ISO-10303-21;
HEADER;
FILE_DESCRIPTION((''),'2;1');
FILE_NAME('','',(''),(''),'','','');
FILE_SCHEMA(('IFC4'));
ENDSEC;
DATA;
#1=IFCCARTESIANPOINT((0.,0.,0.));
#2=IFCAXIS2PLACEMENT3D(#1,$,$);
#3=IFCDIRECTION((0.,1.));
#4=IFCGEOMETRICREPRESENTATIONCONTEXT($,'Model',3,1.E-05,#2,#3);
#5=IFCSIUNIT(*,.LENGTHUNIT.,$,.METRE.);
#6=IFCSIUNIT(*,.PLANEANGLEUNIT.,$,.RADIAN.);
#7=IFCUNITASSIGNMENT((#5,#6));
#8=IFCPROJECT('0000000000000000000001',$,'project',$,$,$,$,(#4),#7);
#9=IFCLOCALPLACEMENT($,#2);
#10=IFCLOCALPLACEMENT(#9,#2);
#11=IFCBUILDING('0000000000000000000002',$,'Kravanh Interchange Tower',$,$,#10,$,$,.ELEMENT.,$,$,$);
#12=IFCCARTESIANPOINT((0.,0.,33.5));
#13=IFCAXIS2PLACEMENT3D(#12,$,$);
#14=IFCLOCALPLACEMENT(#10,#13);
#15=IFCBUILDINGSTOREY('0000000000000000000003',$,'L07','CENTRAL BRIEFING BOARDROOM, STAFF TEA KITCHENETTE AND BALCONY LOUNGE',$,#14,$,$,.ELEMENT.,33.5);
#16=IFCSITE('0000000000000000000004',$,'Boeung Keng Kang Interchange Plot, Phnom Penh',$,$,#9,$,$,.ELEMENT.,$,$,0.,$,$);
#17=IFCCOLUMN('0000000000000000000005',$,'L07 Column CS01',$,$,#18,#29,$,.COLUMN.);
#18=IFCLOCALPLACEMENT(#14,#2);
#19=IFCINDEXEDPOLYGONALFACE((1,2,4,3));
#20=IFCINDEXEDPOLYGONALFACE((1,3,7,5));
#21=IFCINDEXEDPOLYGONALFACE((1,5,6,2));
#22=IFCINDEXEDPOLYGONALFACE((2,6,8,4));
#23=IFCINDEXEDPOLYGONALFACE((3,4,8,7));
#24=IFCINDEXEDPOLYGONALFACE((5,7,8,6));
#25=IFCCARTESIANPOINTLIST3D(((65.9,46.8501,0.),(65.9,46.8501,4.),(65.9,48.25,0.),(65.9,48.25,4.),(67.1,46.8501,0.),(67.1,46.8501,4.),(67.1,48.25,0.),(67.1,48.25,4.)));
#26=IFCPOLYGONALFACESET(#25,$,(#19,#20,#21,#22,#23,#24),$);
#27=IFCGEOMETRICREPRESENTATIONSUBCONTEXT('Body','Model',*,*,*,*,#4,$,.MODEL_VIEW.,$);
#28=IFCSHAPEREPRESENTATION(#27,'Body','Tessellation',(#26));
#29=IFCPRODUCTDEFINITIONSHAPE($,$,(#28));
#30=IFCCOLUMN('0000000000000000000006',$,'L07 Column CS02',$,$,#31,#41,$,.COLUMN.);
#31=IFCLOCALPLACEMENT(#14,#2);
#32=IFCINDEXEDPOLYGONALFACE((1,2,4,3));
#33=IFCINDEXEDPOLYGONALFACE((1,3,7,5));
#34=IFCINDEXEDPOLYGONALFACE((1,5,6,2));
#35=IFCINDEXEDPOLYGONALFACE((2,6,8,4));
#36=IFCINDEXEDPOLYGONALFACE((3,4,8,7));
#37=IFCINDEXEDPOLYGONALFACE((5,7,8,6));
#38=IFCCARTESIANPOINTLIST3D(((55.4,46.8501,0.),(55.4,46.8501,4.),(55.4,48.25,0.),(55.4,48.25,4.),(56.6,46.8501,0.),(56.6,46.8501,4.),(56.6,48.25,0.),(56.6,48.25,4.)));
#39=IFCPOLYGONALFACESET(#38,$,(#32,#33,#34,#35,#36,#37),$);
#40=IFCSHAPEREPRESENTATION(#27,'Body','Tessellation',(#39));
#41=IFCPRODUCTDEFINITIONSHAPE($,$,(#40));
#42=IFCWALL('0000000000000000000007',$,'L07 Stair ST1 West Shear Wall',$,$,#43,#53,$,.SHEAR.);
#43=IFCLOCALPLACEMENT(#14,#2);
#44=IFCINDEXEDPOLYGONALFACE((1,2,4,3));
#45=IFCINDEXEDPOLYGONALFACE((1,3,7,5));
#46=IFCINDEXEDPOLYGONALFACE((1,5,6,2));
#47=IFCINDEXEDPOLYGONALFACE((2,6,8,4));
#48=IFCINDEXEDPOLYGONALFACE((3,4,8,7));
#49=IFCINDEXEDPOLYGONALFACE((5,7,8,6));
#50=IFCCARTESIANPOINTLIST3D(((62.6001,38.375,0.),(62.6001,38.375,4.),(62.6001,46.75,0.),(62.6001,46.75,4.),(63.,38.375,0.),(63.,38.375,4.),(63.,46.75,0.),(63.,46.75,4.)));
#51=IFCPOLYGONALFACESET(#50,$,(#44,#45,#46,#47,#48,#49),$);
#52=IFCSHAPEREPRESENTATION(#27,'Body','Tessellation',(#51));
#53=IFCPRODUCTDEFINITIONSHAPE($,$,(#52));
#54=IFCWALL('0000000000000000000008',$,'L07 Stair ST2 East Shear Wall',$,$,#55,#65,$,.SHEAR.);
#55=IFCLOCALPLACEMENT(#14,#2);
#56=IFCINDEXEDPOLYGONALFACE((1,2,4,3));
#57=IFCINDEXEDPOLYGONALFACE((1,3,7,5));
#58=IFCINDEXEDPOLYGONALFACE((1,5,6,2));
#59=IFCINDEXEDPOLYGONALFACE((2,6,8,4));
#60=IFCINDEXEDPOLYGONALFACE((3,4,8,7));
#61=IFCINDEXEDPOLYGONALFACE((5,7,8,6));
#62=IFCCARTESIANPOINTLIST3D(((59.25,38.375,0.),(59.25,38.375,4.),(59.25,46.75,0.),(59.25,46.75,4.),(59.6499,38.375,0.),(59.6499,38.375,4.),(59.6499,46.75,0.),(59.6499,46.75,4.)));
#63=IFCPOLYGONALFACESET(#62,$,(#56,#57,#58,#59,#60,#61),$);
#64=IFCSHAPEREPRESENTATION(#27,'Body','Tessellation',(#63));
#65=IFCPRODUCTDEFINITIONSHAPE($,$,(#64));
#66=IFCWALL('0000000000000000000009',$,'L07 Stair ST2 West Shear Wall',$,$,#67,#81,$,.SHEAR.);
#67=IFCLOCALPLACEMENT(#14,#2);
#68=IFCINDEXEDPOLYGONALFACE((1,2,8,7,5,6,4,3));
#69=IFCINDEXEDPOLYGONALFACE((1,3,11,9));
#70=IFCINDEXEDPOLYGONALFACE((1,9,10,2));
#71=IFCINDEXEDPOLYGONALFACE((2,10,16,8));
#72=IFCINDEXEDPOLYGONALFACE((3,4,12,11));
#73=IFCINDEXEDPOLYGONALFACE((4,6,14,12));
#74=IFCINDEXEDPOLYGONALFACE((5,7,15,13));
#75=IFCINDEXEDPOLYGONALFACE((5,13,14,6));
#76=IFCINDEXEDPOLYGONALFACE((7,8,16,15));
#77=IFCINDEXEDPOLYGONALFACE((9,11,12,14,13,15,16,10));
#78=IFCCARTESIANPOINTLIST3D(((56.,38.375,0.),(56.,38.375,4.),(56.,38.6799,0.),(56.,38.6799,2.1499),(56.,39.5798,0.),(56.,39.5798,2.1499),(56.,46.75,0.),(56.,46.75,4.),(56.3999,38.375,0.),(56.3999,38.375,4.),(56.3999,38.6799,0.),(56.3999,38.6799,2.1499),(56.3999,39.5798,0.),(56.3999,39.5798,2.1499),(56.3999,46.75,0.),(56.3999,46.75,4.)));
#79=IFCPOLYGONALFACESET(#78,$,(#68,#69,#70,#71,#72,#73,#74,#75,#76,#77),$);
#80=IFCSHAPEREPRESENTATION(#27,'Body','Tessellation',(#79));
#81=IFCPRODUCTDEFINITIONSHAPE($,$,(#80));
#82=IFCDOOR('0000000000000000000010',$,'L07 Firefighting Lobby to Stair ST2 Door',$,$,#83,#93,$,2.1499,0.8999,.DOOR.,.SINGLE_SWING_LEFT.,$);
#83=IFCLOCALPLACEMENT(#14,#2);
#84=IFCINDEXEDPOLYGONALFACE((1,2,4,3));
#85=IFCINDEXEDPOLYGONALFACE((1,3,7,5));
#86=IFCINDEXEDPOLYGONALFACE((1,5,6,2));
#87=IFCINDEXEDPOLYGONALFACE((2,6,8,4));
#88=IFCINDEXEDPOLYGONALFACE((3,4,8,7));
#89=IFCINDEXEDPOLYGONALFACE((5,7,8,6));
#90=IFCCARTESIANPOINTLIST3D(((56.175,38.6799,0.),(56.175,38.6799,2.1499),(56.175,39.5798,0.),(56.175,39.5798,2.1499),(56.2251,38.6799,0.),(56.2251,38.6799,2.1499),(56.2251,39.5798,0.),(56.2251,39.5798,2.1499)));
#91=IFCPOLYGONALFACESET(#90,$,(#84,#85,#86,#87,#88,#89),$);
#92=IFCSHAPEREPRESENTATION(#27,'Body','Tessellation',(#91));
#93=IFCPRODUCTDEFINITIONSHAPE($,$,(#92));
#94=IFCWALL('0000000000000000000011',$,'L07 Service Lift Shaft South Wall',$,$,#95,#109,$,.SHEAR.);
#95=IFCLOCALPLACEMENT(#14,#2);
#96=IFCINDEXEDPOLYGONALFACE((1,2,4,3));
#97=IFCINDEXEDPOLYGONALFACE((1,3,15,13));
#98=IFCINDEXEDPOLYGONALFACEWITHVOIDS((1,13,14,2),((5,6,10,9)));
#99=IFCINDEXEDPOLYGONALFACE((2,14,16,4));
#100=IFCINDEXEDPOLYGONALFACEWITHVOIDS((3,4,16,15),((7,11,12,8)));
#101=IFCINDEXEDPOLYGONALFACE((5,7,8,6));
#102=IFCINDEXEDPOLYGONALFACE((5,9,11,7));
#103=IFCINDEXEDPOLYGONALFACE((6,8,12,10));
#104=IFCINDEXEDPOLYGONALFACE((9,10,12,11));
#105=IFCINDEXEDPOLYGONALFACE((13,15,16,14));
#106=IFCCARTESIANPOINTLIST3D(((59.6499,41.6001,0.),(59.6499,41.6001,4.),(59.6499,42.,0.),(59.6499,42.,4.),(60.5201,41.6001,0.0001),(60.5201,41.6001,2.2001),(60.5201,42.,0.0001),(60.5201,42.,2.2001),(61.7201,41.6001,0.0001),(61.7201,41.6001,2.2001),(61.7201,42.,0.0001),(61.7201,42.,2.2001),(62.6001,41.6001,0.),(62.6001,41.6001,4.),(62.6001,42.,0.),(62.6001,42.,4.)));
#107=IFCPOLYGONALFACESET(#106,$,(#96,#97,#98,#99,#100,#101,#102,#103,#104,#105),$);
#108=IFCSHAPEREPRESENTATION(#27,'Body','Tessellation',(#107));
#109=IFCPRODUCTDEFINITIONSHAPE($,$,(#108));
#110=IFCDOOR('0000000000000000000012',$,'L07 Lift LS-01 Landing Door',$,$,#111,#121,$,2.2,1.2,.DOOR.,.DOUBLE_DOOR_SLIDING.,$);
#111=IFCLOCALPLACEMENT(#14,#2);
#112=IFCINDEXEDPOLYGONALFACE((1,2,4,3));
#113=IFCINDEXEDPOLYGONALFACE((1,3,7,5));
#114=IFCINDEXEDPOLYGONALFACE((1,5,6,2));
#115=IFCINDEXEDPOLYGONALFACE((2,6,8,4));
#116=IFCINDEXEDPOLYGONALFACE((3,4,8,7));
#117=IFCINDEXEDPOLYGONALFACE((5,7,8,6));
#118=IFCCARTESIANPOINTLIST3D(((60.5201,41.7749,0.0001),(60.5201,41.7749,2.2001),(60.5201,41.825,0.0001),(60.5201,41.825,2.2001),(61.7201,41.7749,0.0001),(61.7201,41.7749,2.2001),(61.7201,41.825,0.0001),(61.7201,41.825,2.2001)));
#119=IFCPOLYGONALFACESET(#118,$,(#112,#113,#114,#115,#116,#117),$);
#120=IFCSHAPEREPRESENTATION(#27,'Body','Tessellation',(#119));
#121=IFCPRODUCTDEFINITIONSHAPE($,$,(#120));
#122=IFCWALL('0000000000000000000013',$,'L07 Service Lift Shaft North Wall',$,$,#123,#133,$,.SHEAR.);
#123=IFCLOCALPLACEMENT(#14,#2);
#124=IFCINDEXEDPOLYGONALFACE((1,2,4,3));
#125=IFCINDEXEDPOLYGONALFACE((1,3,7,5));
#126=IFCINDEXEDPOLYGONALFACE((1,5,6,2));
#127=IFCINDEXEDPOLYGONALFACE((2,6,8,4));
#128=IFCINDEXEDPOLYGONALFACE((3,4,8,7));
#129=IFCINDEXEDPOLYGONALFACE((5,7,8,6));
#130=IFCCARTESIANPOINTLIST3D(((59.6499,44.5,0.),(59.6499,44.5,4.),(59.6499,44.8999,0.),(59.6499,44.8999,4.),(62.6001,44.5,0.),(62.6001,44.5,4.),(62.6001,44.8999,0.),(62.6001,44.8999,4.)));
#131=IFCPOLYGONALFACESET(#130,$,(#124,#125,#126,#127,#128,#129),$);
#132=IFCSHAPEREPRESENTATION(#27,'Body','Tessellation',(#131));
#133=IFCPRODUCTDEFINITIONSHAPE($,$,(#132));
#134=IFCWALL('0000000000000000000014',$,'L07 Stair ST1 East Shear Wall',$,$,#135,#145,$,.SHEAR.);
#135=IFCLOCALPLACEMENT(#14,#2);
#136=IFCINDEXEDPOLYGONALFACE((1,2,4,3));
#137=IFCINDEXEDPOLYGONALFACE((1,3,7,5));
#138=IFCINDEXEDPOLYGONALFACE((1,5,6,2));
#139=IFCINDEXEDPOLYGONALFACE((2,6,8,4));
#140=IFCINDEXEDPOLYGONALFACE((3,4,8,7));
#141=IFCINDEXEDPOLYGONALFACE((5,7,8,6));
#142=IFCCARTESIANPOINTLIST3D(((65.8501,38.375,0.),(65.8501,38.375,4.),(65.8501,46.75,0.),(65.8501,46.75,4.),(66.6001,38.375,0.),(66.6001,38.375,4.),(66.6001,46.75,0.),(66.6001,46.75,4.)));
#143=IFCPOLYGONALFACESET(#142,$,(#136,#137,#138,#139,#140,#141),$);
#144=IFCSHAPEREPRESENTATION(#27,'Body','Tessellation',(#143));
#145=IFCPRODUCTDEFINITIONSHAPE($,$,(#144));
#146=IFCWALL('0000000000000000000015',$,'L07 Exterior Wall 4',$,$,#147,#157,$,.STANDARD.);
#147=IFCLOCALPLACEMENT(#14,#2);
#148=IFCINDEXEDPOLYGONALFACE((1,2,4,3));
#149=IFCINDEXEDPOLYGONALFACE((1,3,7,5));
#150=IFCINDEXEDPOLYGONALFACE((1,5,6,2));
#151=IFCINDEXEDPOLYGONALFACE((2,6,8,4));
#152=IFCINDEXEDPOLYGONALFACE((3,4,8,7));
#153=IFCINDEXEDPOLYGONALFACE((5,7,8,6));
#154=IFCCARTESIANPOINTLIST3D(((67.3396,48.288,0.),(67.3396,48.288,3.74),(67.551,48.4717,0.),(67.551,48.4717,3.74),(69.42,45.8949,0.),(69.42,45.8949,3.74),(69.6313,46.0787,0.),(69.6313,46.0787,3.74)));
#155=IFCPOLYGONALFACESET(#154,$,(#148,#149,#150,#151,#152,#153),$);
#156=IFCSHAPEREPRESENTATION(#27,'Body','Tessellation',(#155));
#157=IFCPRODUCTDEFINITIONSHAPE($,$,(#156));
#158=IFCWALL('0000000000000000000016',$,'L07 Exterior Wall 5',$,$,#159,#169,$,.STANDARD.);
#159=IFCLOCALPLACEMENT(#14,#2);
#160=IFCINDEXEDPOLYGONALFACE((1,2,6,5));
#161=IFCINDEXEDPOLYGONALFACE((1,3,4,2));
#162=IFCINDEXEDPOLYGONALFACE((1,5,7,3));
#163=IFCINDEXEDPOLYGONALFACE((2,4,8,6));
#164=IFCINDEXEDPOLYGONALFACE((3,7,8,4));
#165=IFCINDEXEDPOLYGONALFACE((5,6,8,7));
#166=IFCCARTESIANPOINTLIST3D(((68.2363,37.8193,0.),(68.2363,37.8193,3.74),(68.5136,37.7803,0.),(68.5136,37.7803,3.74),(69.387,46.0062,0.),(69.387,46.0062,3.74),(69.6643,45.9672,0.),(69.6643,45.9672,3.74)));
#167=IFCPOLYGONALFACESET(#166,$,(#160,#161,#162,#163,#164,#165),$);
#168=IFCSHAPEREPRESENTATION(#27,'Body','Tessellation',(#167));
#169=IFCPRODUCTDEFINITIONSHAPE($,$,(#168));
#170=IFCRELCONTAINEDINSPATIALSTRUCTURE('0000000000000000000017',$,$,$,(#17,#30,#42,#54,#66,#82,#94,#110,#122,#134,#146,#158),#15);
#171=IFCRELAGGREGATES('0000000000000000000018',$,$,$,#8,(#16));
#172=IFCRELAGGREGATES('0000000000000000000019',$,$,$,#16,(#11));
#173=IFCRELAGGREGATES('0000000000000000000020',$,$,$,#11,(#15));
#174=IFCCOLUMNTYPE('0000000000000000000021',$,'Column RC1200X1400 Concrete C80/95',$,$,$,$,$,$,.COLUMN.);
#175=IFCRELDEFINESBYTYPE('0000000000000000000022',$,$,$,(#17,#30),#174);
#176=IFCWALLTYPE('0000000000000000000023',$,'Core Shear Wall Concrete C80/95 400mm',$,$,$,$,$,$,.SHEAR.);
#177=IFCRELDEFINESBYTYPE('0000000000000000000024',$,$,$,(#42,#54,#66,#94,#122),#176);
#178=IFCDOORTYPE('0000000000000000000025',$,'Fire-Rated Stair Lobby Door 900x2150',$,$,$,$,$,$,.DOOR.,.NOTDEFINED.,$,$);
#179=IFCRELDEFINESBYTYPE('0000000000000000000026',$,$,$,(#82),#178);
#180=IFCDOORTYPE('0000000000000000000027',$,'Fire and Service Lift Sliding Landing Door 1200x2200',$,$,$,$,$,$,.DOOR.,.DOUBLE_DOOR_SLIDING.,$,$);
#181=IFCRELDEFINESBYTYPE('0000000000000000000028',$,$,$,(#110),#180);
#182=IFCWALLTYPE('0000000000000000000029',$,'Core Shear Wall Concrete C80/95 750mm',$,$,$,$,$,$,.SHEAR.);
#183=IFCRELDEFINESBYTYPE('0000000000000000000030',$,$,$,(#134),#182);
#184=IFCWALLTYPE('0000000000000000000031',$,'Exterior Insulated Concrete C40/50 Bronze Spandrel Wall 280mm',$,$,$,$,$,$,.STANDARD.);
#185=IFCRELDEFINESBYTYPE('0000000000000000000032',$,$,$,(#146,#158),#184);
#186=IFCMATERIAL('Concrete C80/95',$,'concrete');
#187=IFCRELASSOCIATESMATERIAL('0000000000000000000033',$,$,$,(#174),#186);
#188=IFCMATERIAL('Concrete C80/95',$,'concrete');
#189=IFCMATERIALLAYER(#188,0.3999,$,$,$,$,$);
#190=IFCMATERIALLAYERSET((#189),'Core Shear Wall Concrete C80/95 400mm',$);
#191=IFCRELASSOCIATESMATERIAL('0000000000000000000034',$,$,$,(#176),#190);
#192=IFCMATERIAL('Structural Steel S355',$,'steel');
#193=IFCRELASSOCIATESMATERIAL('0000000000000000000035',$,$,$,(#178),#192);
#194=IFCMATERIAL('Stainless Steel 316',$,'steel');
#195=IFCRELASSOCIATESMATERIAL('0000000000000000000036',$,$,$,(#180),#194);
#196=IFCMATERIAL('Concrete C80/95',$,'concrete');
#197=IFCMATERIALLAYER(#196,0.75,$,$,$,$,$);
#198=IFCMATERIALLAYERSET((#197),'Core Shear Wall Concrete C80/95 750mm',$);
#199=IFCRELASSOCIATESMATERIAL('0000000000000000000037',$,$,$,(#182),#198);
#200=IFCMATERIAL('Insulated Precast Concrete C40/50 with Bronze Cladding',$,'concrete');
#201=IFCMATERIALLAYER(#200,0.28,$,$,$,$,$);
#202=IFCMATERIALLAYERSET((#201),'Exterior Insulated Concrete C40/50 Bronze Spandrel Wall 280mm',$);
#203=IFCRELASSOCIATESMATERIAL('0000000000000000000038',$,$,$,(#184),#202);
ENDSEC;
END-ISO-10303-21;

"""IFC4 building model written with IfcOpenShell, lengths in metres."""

from ifc_helpers import new_model, si_unit, direction, frame, frame_2d, origin, origin_2d, place, context, subcontext, project, spatial, rectangle, extrude, material, layer, layer_set, material_profile, profile_set, type_object, element, fill, save


model = new_model("IFC4")

# Units and contexts
model_context = context("Model", 3, precision=1e-05, world=origin(), true_north=direction((0.0, 1.0)))
body_context = subcontext(model_context, "Body", "Model", "MODEL_VIEW")
ifc_project = project(units=[si_unit("LENGTHUNIT", "METRE"), si_unit("PLANEANGLEUNIT", "RADIAN")], contexts=[model_context])

# Site, building, storey
site_placement = place(None, origin())
site = spatial("IfcSite", under=ifc_project, at=site_placement, Name="Boeung Keng Kang Interchange Plot, Phnom Penh", CompositionType="ELEMENT", RefElevation=0.0)
building_placement = place(site_placement, origin())
building = spatial("IfcBuilding", under=site, at=building_placement, Name="Kravanh Interchange Tower", CompositionType="ELEMENT")
storey_placement = place(building_placement, frame((0.0, 0.0, 33.5)))
storey = spatial("IfcBuildingStorey", under=building, at=storey_placement, Name="L07", Description="CENTRAL BRIEFING BOARDROOM, STAFF TEA KITCHENETTE AND BALCONY LOUNGE", CompositionType="ELEMENT", Elevation=33.5)

# Columns
ifc_material_1 = material(Name="Concrete C80/95", Category="concrete")
ifc_material_profile = material_profile(ifc_material_1, rectangle(XDim=1.2, YDim=1.3999, at=origin_2d()), Name="RC1200X1400")
ifc_profile_set = profile_set([ifc_material_profile], Name="Concrete C80/95")
column_type = type_object("IfcColumnType", Name="Column RC1200X1400 Concrete C80/95", PredefinedType="COLUMN", material=ifc_profile_set)
for number, where, z_axis, x_axis, name in (
    (1, (66.5, 47.55, 0.0), (0.0, 0.0, 1.0), (1.0, 0.0, 0.0), "L07 Column CS01"),
    (2, (56.0, 47.55, 0.0), (0.0, 0.0, 1.0), (1.0, 0.0, 0.0), "L07 Column CS02"),
):
    element("IfcColumn", number, at=place(storey_placement, frame(where, z_axis=z_axis, x_axis=x_axis)), inside=storey, type_object=column_type, Name=name, PredefinedType="COLUMN", context=body_context, shape_type="SweptSolid", body=[
        extrude(rectangle(XDim=1.2, YDim=1.3999, at=origin_2d()), origin(), (0.0, 0.0, 1.0), 4.0),
    ])

# Walls
ifc_material_2 = material(Name="Concrete C80/95", Category="concrete")
ifc_layer_1 = layer(ifc_material_2, 0.3999)
ifc_layer_set_1 = layer_set([ifc_layer_1], Name="Core Shear Wall Concrete C80/95 400mm")
wall_type_1 = type_object("IfcWallType", Name="Core Shear Wall Concrete C80/95 400mm", PredefinedType="SHEAR", material=ifc_layer_set_1)
for number, where, z_axis, x_axis, name in (
    (3, (62.8, 38.375, 0.0), (0.0, 0.0, 1.0), (0.0, 1.0, 0.0), "L07 Stair ST1 West Shear Wall"),
    (4, (59.45, 38.375, 0.0), (0.0, 0.0, 1.0), (0.0, 1.0, 0.0), "L07 Stair ST2 East Shear Wall"),
):
    element("IfcWall", number, at=place(storey_placement, frame(where, z_axis=z_axis, x_axis=x_axis)), inside=storey, type_object=wall_type_1, Name=name, PredefinedType="SHEAR", context=body_context, shape_type="SweptSolid", body=[
        extrude(rectangle(XDim=8.375, YDim=0.3999, at=frame_2d((4.1875, 0.0))), origin(), (0.0, 0.0, 1.0), 4.0),
    ])

# Walls, openings, doors
wall_1_placement = place(storey_placement, frame((56.2, 38.375, 0.0), z_axis=(0.0, 0.0, 1.0), x_axis=(0.0, 1.0, 0.0)))
wall_1 = element("IfcWall", 5, at=wall_1_placement, inside=storey, type_object=wall_type_1, Name="L07 Stair ST2 West Shear Wall", PredefinedType="SHEAR", context=body_context, shape_type="SweptSolid", body=[
    extrude(rectangle(XDim=8.375, YDim=0.3999, at=frame_2d((4.1875, 0.0))), origin(), (0.0, 0.0, 1.0), 4.0),
])
opening_1_placement = place(wall_1_placement, frame((0.3049, 0.0, 0.0)))
opening_1 = element("IfcOpeningElement", 6, at=opening_1_placement, cuts=wall_1, PredefinedType="OPENING", context=body_context, shape_type="SweptSolid", body=[
    extrude(rectangle(XDim=0.8999, YDim=2.1499, at=frame_2d((0.45, 1.075))), frame((0.0, 0.21, 0.0), z_axis=(0.0, -1.0, 0.0), x_axis=(1.0, 0.0, 0.0)), (0.0, 0.0, 1.0), 0.4199),
])
ifc_material_3 = material(Name="Structural Steel S355", Category="steel")
door_type_1 = type_object("IfcDoorType", Name="Fire-Rated Stair Lobby Door 900x2150", OperationType="NOTDEFINED", PredefinedType="DOOR", material=ifc_material_3)
door_1_placement = place(opening_1_placement, origin())
door_1 = element("IfcDoor", 7, at=door_1_placement, inside=storey, type_object=door_type_1, Name="L07 Firefighting Lobby to Stair ST2 Door", OperationType="SINGLE_SWING_LEFT", OverallHeight=2.1499, OverallWidth=0.8999, PredefinedType="DOOR", context=body_context, shape_type="SweptSolid", body=[
    extrude(rectangle(XDim=0.8999, YDim=2.1499, at=frame_2d((0.45, 1.075))), frame((0.0, 0.0249, 0.0), z_axis=(0.0, -1.0, 0.0), x_axis=(1.0, 0.0, 0.0)), (0.0, 0.0, 1.0), 0.05),
])
fill(opening_1, door_1)
wall_2_placement = place(storey_placement, frame((59.6499, 41.8, 0.0), z_axis=(0.0, 0.0, 1.0), x_axis=(1.0, 0.0, 0.0)))
wall_2 = element("IfcWall", 8, at=wall_2_placement, inside=storey, type_object=wall_type_1, Name="L07 Service Lift Shaft South Wall", PredefinedType="SHEAR", context=body_context, shape_type="SweptSolid", body=[
    extrude(rectangle(XDim=2.9502, YDim=0.3999, at=frame_2d((1.4751, 0.0))), origin(), (0.0, 0.0, 1.0), 4.0),
])
opening_2_placement = place(wall_2_placement, frame((0.8701, 0.0, 0.0)))
opening_2 = element("IfcOpeningElement", 9, at=opening_2_placement, cuts=wall_2, PredefinedType="OPENING", context=body_context, shape_type="SweptSolid", body=[
    extrude(rectangle(XDim=1.2, YDim=2.2, at=frame_2d((0.6001, 1.1001))), frame((0.0, 0.21, 0.0), z_axis=(0.0, -1.0, 0.0), x_axis=(1.0, 0.0, 0.0)), (0.0, 0.0, 1.0), 0.4199),
])
ifc_material_4 = material(Name="Stainless Steel 316", Category="steel")
door_type_2 = type_object("IfcDoorType", Name="Fire and Service Lift Sliding Landing Door 1200x2200", OperationType="DOUBLE_DOOR_SLIDING", PredefinedType="DOOR", material=ifc_material_4)
door_2_placement = place(opening_2_placement, origin())
door_2 = element("IfcDoor", 10, at=door_2_placement, inside=storey, type_object=door_type_2, Name="L07 Lift LS-01 Landing Door", OperationType="DOUBLE_DOOR_SLIDING", OverallHeight=2.2, OverallWidth=1.2, PredefinedType="DOOR", context=body_context, shape_type="SweptSolid", body=[
    extrude(rectangle(XDim=1.2, YDim=2.2, at=frame_2d((0.6001, 1.1001))), frame((0.0, 0.0249, 0.0), z_axis=(0.0, -1.0, 0.0), x_axis=(1.0, 0.0, 0.0)), (0.0, 0.0, 1.0), 0.05),
])
fill(opening_2, door_2)

# Walls
wall_3_placement = place(storey_placement, frame((59.6499, 44.7, 0.0), z_axis=(0.0, 0.0, 1.0), x_axis=(1.0, 0.0, 0.0)))
element("IfcWall", 11, at=wall_3_placement, inside=storey, type_object=wall_type_1, Name="L07 Service Lift Shaft North Wall", PredefinedType="SHEAR", context=body_context, shape_type="SweptSolid", body=[
    extrude(rectangle(XDim=2.9502, YDim=0.3999, at=frame_2d((1.4751, 0.0))), origin(), (0.0, 0.0, 1.0), 4.0),
])
ifc_material_5 = material(Name="Concrete C80/95", Category="concrete")
ifc_layer_2 = layer(ifc_material_5, 0.75)
ifc_layer_set_2 = layer_set([ifc_layer_2], Name="Core Shear Wall Concrete C80/95 750mm")
wall_type_2 = type_object("IfcWallType", Name="Core Shear Wall Concrete C80/95 750mm", PredefinedType="SHEAR", material=ifc_layer_set_2)
wall_4_placement = place(storey_placement, frame((66.2251, 38.375, 0.0), z_axis=(0.0, 0.0, 1.0), x_axis=(0.0, 1.0, 0.0)))
element("IfcWall", 12, at=wall_4_placement, inside=storey, type_object=wall_type_2, Name="L07 Stair ST1 East Shear Wall", PredefinedType="SHEAR", context=body_context, shape_type="SweptSolid", body=[
    extrude(rectangle(XDim=8.375, YDim=0.75, at=frame_2d((4.1875, 0.0))), origin(), (0.0, 0.0, 1.0), 4.0),
])
ifc_material_6 = material(Name="Insulated Precast Concrete C40/50 with Bronze Cladding", Category="concrete")
ifc_layer_3 = layer(ifc_material_6, 0.28)
ifc_layer_set_3 = layer_set([ifc_layer_3], Name="Exterior Insulated Concrete C40/50 Bronze Spandrel Wall 280mm")
wall_type_3 = type_object("IfcWallType", Name="Exterior Insulated Concrete C40/50 Bronze Spandrel Wall 280mm", PredefinedType="STANDARD", material=ifc_layer_set_3)
wall_5_placement = place(storey_placement, frame((67.4453, 48.3799, 0.0), z_axis=(0.0, 0.0, 1.0), x_axis=(0.65607, -0.7547, 0.0)))
element("IfcWall", 13, at=wall_5_placement, inside=storey, type_object=wall_type_3, Name="L07 Exterior Wall 4", PredefinedType="STANDARD", context=body_context, shape_type="SweptSolid", body=[
    extrude(rectangle(XDim=3.1709, YDim=0.28, at=frame_2d((1.5854, 0.0))), origin(), (0.0, 0.0, 1.0), 3.74),
])
wall_6_placement = place(storey_placement, frame((69.5256, 45.9868, 0.0), z_axis=(0.0, 0.0, 1.0), x_axis=(-0.13918, -0.990267, 0.0)))
element("IfcWall", 14, at=wall_6_placement, inside=storey, type_object=wall_type_3, Name="L07 Exterior Wall 5", PredefinedType="STANDARD", context=body_context, shape_type="SweptSolid", body=[
    extrude(rectangle(XDim=8.2673, YDim=0.28, at=frame_2d((4.1338, 0.0))), origin(), (0.0, 0.0, 1.0), 3.74),
])

save(model, "model.ifc")
